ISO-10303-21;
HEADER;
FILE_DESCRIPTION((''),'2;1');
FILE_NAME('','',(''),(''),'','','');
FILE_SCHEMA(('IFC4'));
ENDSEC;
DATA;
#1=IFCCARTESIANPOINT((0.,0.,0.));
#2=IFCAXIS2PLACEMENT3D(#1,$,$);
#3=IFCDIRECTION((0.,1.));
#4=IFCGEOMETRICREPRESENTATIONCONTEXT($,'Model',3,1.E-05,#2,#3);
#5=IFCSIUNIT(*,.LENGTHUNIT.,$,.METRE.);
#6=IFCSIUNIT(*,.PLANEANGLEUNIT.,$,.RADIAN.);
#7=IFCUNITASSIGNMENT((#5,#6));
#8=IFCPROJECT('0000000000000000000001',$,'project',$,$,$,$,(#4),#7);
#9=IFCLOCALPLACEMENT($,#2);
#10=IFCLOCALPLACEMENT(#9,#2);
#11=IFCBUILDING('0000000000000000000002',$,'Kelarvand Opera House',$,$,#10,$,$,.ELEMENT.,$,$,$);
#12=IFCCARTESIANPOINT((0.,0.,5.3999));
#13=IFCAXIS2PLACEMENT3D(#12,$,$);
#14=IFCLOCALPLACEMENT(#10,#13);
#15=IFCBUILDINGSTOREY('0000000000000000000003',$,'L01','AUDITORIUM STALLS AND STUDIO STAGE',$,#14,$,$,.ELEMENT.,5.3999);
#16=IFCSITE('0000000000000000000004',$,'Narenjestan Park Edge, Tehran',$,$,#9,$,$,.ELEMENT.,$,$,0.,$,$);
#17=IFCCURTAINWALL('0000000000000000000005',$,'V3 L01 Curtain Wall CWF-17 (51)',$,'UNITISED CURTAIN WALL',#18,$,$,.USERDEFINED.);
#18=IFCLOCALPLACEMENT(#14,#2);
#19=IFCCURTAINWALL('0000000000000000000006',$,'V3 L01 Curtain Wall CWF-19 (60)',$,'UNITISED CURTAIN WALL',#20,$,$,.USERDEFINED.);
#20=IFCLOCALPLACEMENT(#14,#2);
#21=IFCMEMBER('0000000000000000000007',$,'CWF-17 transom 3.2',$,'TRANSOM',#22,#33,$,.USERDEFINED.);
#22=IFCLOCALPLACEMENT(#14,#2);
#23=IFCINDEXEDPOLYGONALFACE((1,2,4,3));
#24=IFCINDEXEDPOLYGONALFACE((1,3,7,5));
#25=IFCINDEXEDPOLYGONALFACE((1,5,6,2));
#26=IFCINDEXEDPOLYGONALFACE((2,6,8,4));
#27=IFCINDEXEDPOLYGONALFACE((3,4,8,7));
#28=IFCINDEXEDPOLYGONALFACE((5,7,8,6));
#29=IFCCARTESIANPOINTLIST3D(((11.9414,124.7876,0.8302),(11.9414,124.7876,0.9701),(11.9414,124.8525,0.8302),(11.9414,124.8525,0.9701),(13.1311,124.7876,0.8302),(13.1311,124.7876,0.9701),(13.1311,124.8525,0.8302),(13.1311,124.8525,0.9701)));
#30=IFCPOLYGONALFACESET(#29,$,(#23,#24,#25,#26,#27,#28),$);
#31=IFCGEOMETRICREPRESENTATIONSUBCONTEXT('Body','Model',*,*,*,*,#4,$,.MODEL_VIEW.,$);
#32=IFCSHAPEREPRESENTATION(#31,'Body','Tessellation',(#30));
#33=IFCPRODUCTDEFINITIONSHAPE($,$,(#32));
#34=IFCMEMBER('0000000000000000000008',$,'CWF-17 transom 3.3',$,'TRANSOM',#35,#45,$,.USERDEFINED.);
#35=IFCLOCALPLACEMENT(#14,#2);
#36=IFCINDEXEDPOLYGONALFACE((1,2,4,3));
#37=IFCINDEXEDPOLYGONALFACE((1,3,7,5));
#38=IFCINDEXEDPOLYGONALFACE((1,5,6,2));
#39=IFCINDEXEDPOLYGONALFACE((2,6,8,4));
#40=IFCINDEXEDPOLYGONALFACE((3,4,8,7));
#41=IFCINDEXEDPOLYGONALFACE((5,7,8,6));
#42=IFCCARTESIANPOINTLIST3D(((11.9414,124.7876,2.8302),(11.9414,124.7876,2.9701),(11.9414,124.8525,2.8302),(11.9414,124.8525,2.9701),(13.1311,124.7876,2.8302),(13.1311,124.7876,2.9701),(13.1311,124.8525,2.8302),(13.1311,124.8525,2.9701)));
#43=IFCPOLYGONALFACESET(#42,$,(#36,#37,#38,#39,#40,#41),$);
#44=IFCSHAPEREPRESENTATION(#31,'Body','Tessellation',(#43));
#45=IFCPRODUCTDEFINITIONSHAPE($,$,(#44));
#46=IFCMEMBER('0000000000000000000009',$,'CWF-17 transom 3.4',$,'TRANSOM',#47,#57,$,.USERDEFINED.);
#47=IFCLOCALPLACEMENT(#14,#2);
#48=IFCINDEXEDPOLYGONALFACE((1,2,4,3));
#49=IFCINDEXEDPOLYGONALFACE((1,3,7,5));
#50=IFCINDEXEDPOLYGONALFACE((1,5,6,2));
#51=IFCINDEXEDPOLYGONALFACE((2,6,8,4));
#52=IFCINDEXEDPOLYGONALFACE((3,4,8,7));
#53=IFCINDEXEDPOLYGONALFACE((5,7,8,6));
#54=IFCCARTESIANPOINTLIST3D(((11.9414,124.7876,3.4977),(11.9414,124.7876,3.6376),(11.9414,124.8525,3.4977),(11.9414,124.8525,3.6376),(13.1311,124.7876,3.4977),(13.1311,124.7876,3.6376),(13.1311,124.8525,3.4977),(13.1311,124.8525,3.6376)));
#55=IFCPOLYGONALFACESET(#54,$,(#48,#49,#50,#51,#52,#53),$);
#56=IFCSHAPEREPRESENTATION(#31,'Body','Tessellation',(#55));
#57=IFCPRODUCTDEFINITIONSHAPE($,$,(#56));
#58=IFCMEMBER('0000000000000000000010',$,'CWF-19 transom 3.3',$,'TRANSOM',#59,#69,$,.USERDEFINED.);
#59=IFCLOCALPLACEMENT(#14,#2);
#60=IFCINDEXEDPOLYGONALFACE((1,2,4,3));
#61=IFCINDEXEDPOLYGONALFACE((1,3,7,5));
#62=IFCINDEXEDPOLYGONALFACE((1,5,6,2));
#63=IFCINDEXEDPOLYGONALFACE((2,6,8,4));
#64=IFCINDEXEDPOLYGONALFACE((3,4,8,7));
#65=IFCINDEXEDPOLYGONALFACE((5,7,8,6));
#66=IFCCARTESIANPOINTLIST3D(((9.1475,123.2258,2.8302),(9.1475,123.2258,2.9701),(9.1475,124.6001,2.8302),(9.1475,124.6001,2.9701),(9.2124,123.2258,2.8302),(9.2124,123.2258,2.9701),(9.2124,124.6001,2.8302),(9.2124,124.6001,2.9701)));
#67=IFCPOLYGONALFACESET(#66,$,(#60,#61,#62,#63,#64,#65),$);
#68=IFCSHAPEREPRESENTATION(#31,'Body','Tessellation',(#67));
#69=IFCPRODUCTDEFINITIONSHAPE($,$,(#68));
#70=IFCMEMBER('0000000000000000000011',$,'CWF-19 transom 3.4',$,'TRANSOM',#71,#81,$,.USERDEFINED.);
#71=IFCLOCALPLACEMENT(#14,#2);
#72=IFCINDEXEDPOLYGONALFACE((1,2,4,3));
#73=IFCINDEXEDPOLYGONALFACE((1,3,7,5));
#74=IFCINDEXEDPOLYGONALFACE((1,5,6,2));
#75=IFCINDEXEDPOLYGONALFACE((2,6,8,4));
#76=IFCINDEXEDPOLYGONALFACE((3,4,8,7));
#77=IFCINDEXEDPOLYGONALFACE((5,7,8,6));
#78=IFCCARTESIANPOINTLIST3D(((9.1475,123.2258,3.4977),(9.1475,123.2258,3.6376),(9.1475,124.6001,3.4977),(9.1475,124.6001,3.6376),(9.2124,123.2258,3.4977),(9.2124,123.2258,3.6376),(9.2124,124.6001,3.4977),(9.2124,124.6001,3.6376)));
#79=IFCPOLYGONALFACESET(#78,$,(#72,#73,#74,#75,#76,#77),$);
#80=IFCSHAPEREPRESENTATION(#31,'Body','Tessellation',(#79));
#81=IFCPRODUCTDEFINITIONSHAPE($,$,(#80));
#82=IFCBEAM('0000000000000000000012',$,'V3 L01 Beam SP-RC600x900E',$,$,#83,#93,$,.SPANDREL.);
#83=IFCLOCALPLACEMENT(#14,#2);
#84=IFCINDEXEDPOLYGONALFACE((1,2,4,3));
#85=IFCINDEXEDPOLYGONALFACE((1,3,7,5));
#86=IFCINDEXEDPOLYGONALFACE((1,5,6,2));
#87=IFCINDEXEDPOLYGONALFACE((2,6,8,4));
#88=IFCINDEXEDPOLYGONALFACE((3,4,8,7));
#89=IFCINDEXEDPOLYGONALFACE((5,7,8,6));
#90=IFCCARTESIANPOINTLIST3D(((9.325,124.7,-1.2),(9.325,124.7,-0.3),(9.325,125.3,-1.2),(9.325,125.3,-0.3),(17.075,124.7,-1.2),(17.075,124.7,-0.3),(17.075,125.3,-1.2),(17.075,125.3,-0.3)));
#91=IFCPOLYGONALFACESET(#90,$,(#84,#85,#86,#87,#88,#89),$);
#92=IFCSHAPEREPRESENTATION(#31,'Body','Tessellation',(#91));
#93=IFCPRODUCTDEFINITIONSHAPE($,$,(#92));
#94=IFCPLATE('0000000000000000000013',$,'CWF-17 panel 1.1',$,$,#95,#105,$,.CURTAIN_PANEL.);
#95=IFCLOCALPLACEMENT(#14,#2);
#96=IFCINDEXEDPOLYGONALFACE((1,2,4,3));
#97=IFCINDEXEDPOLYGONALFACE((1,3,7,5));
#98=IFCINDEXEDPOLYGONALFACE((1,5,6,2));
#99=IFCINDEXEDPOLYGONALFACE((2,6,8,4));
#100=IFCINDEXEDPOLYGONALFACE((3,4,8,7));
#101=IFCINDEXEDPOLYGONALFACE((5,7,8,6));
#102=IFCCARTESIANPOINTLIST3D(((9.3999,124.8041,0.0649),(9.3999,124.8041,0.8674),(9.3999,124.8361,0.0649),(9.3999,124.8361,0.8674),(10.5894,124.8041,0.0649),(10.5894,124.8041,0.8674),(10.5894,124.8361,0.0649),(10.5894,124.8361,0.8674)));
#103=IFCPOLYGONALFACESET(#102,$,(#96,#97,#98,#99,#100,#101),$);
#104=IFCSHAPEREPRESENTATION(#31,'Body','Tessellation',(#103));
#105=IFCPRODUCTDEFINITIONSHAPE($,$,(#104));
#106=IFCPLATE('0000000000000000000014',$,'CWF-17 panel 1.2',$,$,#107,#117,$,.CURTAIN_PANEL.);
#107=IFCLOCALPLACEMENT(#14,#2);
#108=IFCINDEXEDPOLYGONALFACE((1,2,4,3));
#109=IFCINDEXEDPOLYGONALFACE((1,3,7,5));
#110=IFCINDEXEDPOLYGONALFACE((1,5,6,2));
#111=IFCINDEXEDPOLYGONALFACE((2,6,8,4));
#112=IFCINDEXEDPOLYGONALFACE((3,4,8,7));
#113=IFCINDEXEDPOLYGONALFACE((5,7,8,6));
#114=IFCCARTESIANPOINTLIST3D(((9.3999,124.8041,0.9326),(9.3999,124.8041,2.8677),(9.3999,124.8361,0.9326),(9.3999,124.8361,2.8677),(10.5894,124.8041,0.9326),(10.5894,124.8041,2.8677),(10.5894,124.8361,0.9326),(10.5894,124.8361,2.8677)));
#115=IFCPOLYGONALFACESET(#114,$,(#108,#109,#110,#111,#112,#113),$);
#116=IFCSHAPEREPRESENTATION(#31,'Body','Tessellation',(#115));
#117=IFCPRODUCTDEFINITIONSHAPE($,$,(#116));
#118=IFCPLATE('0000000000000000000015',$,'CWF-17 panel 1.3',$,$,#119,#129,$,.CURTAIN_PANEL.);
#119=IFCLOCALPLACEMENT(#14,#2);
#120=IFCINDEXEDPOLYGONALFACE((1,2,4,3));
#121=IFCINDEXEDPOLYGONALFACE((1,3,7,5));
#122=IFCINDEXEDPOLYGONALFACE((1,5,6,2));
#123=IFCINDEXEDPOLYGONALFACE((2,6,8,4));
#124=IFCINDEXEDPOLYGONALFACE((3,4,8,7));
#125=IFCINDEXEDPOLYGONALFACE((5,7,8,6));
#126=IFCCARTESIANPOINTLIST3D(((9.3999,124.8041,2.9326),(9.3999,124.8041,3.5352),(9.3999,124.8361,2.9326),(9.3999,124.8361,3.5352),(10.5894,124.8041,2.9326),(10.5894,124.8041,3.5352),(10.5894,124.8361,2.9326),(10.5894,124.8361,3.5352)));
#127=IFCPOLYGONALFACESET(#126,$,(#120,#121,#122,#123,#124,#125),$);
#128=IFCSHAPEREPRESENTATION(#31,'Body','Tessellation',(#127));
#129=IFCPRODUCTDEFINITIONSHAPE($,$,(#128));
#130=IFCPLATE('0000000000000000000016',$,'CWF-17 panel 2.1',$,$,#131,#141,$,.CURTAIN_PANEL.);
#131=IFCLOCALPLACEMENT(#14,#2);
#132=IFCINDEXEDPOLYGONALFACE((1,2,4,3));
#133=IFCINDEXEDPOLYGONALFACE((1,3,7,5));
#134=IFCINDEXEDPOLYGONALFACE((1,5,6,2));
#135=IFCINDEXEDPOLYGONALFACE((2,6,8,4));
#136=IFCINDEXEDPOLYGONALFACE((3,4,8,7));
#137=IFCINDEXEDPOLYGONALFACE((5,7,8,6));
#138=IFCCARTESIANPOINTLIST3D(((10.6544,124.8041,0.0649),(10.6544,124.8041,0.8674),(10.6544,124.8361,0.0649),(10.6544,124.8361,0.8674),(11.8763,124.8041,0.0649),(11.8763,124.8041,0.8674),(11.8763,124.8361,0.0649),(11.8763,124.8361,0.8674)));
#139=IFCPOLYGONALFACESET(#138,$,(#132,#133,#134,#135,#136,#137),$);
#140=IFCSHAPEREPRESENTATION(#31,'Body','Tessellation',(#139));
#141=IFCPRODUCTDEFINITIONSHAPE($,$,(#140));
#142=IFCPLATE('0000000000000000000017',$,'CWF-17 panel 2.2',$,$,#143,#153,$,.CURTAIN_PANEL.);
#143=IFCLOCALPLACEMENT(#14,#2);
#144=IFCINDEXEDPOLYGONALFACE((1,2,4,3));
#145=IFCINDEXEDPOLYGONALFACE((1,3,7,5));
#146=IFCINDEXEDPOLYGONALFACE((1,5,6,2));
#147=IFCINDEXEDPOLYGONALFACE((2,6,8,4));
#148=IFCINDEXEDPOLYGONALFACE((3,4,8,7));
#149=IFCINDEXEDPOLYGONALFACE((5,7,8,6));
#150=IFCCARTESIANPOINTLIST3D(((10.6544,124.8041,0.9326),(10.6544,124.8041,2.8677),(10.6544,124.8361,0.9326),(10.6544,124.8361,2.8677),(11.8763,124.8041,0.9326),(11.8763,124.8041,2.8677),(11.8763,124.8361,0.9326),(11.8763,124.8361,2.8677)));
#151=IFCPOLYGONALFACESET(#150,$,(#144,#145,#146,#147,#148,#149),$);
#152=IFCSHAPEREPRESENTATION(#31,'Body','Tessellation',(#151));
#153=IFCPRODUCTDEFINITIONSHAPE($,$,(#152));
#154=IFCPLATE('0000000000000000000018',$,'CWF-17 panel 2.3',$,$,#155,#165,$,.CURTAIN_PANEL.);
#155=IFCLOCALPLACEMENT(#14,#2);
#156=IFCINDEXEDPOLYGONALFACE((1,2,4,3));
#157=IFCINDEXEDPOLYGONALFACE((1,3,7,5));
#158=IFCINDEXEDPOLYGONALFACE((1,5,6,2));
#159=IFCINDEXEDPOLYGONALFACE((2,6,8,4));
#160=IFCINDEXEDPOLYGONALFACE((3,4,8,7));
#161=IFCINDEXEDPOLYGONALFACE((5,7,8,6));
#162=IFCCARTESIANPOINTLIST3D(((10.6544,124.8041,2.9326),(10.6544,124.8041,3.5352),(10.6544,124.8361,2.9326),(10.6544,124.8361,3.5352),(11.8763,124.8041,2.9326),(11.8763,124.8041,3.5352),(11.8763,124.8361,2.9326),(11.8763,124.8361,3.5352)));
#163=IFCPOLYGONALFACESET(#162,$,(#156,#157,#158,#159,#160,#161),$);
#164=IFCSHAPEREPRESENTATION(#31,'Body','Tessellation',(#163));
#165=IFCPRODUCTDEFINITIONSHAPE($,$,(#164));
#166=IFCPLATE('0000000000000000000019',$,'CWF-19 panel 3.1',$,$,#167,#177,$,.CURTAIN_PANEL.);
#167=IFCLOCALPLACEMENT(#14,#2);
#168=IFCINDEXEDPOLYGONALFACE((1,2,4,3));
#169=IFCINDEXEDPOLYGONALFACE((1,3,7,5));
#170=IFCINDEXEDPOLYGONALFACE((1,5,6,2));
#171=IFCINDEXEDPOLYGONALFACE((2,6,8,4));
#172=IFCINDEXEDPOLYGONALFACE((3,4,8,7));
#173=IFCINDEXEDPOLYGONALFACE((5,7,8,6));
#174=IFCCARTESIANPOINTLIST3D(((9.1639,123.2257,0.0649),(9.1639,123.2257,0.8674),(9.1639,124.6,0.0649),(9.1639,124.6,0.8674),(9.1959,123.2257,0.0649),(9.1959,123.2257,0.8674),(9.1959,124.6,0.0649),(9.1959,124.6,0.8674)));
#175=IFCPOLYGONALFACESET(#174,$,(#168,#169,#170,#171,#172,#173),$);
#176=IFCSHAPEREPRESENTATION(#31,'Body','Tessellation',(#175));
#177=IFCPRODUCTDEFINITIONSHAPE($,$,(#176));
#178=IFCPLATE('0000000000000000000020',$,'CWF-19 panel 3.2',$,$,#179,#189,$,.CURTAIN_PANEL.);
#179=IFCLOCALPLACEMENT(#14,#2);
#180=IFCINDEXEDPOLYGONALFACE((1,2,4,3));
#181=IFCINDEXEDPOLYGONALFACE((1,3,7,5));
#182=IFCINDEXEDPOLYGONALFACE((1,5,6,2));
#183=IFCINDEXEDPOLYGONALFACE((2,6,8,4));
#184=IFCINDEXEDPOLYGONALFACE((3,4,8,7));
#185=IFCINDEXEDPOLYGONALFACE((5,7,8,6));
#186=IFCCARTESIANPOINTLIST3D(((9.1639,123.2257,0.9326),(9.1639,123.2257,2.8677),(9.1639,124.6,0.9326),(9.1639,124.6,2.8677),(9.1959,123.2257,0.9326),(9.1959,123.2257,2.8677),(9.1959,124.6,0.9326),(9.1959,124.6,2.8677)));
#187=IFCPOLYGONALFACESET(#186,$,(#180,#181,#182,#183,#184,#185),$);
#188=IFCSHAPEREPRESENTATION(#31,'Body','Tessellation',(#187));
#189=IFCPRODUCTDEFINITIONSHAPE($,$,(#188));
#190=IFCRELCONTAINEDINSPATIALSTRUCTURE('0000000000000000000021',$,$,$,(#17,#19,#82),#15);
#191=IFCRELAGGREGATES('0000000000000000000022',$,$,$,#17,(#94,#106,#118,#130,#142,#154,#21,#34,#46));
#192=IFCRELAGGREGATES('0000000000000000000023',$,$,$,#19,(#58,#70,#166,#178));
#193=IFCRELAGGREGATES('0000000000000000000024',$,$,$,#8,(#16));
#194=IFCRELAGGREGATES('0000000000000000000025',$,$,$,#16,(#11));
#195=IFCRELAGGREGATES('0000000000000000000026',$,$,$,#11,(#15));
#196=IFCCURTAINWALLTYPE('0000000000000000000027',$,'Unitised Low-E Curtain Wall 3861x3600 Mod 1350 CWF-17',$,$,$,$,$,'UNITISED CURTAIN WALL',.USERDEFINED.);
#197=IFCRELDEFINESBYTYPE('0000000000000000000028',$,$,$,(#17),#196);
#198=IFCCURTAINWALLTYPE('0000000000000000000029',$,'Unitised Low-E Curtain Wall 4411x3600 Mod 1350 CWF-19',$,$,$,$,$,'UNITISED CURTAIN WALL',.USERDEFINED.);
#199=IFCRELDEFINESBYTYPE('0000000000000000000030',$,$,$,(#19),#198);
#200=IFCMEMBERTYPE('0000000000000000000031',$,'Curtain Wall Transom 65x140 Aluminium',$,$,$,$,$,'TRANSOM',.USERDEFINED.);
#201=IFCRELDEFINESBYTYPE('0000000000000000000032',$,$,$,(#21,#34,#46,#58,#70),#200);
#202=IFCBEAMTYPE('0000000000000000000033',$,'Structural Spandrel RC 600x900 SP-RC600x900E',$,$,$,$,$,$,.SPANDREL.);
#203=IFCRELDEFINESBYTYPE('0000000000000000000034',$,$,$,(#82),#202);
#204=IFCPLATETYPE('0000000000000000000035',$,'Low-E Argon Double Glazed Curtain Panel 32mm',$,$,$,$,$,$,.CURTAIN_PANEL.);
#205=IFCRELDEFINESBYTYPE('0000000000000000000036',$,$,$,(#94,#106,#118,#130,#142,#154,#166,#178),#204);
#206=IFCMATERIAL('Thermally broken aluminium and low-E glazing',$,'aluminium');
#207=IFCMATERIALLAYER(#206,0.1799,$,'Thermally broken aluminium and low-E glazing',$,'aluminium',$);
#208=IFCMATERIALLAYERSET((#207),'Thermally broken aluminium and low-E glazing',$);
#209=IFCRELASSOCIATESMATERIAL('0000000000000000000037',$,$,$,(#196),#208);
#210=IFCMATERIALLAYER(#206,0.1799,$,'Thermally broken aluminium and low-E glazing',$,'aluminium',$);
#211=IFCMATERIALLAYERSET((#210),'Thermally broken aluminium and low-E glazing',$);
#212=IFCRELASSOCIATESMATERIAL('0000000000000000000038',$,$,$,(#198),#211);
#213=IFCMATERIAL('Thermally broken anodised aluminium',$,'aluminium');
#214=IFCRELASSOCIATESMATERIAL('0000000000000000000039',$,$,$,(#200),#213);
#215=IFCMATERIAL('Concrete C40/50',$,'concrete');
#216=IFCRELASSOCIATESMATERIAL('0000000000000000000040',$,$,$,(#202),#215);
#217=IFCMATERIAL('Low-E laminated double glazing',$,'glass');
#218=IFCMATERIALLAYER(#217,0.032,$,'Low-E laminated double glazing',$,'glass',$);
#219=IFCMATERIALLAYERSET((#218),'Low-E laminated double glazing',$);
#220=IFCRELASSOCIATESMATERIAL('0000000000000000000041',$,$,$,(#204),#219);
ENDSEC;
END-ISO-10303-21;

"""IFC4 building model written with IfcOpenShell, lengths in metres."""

from ifc_helpers import new_model, si_unit, direction, frame, origin, origin_2d, place, context, subcontext, project, spatial, rectangle, extrude, material, layer, layer_set, material_profile, profile_set, type_object, element, aggregate, save


model = new_model("IFC4")

# Units and contexts
model_context = context("Model", 3, precision=1e-05, world=origin(), true_north=direction((0.0, 1.0)))
body_context = subcontext(model_context, "Body", "Model", "MODEL_VIEW")
ifc_project = project(units=[si_unit("LENGTHUNIT", "METRE"), si_unit("PLANEANGLEUNIT", "RADIAN")], contexts=[model_context])

# Site, building, storey
site_placement = place(None, origin())
site = spatial("IfcSite", under=ifc_project, at=site_placement, Name="Narenjestan Park Edge, Tehran", CompositionType="ELEMENT", RefElevation=0.0)
building_placement = place(site_placement, origin())
building = spatial("IfcBuilding", under=site, at=building_placement, Name="Kelarvand Opera House", CompositionType="ELEMENT")
storey_placement = place(building_placement, frame((0.0, 0.0, 5.3999)))
storey = spatial("IfcBuildingStorey", under=building, at=storey_placement, Name="L01", Description="AUDITORIUM STALLS AND STUDIO STAGE", CompositionType="ELEMENT", Elevation=5.3999)

# Shared definitions
ifc_material_1 = material(Name="Concrete C40/50", Category="concrete")

# Curtain wall
ifc_material_2 = material(Name="Thermally broken aluminium and low-E glazing", Category="aluminium")
ifc_layer_1 = layer(ifc_material_2, 0.1799, Name="Thermally broken aluminium and low-E glazing", Category="aluminium")
ifc_layer_set_1 = layer_set([ifc_layer_1], Name="Thermally broken aluminium and low-E glazing")
curtain_wall_type_1 = type_object("IfcCurtainWallType", Name="Unitised Low-E Curtain Wall 3861x3600 Mod 1350 CWF-17", ElementType="UNITISED CURTAIN WALL", PredefinedType="USERDEFINED", material=ifc_layer_set_1)
curtain_wall_1_placement = place(storey_placement, origin())
curtain_wall_1 = element("IfcCurtainWall", 1, at=curtain_wall_1_placement, inside=storey, type_object=curtain_wall_type_1, Name="V3 L01 Curtain Wall CWF-17 (51)", ObjectType="UNITISED CURTAIN WALL", PredefinedType="USERDEFINED")
ifc_material_3 = material(Name="Thermally broken anodised aluminium", Category="aluminium")

# Curtain wall
ifc_layer_2 = layer(ifc_material_2, 0.1799, Name="Thermally broken aluminium and low-E glazing", Category="aluminium")
ifc_layer_set_2 = layer_set([ifc_layer_2], Name="Thermally broken aluminium and low-E glazing")
curtain_wall_type_2 = type_object("IfcCurtainWallType", Name="Unitised Low-E Curtain Wall 4411x3600 Mod 1350 CWF-19", ElementType="UNITISED CURTAIN WALL", PredefinedType="USERDEFINED", material=ifc_layer_set_2)
curtain_wall_2_placement = place(storey_placement, origin())
curtain_wall_2 = element("IfcCurtainWall", 2, at=curtain_wall_2_placement, inside=storey, type_object=curtain_wall_type_2, Name="V3 L01 Curtain Wall CWF-19 (60)", ObjectType="UNITISED CURTAIN WALL", PredefinedType="USERDEFINED")

# Members
ifc_material_profile_1 = material_profile(ifc_material_3, rectangle(XDim=0.0649, YDim=0.1399, at=origin_2d()), Name="ALU TRANSOM 65x140", Category="aluminium")
ifc_profile_set_1 = profile_set([ifc_material_profile_1], Name="Thermally broken anodised aluminium")
member_type_1 = type_object("IfcMemberType", Name="Curtain Wall Transom 65x140 Aluminium", ElementType="TRANSOM", PredefinedType="USERDEFINED", material=ifc_profile_set_1)
member_1_placement = place(storey_placement, frame((11.9414, 124.8201, 0.9001), z_axis=(1.0, 0.0, 0.0), x_axis=(0.0, 1.0, 0.0)))
member_1 = element("IfcMember", 3, at=member_1_placement, type_object=member_type_1, Name="CWF-17 transom 3.2", ObjectType="TRANSOM", PredefinedType="USERDEFINED", context=body_context, shape_type="SweptSolid", body=[
    extrude(rectangle(XDim=0.0649, YDim=0.1399, at=origin_2d()), origin(), (0.0, 0.0, 1.0), 1.1897),
])
member_2_placement = place(storey_placement, frame((11.9414, 124.8201, 2.9001), z_axis=(1.0, 0.0, 0.0), x_axis=(0.0, 1.0, 0.0)))
member_2 = element("IfcMember", 4, at=member_2_placement, type_object=member_type_1, Name="CWF-17 transom 3.3", ObjectType="TRANSOM", PredefinedType="USERDEFINED", context=body_context, shape_type="SweptSolid", body=[
    extrude(rectangle(XDim=0.0649, YDim=0.1399, at=origin_2d()), origin(), (0.0, 0.0, 1.0), 1.1897),
])
member_3_placement = place(storey_placement, frame((11.9414, 124.8201, 3.5676), z_axis=(1.0, 0.0, 0.0), x_axis=(0.0, 1.0, 0.0)))
member_3 = element("IfcMember", 5, at=member_3_placement, type_object=member_type_1, Name="CWF-17 transom 3.4", ObjectType="TRANSOM", PredefinedType="USERDEFINED", context=body_context, shape_type="SweptSolid", body=[
    extrude(rectangle(XDim=0.0649, YDim=0.1399, at=origin_2d()), origin(), (0.0, 0.0, 1.0), 1.1897),
])
member_4_placement = place(storey_placement, frame((9.1799, 123.2258, 2.9001), z_axis=(0.0, 1.0, 0.0), x_axis=(-1.0, 0.0, 0.0)))
member_4 = element("IfcMember", 6, at=member_4_placement, type_object=member_type_1, Name="CWF-19 transom 3.3", ObjectType="TRANSOM", PredefinedType="USERDEFINED", context=body_context, shape_type="SweptSolid", body=[
    extrude(rectangle(XDim=0.0649, YDim=0.1399, at=origin_2d()), origin(), (0.0, 0.0, 1.0), 1.3743),
])
member_5_placement = place(storey_placement, frame((9.1799, 123.2258, 3.5676), z_axis=(0.0, 1.0, 0.0), x_axis=(-1.0, 0.0, 0.0)))
member_5 = element("IfcMember", 7, at=member_5_placement, type_object=member_type_1, Name="CWF-19 transom 3.4", ObjectType="TRANSOM", PredefinedType="USERDEFINED", context=body_context, shape_type="SweptSolid", body=[
    extrude(rectangle(XDim=0.0649, YDim=0.1399, at=origin_2d()), origin(), (0.0, 0.0, 1.0), 1.3743),
])

# Beam
ifc_material_profile_2 = material_profile(ifc_material_1, rectangle(XDim=0.6001, YDim=0.8999, at=origin_2d()), Name="RC 600x900", Category="concrete")
ifc_profile_set_2 = profile_set([ifc_material_profile_2], Name="Concrete C40/50")
beam_type = type_object("IfcBeamType", Name="Structural Spandrel RC 600x900 SP-RC600x900E", PredefinedType="SPANDREL", material=ifc_profile_set_2)
beam_placement = place(storey_placement, frame((9.325, 125.0, -0.75), z_axis=(1.0, 0.0, 0.0), x_axis=(0.0, 1.0, 0.0)))
element("IfcBeam", 8, at=beam_placement, inside=storey, type_object=beam_type, Name="V3 L01 Beam SP-RC600x900E", PredefinedType="SPANDREL", context=body_context, shape_type="SweptSolid", body=[
    extrude(rectangle(XDim=0.6001, YDim=0.8999, at=origin_2d()), origin(), (0.0, 0.0, 1.0), 7.75),
])

# Plates
ifc_material_4 = material(Name="Low-E laminated double glazing", Category="glass")
ifc_layer_3 = layer(ifc_material_4, 0.032, Name="Low-E laminated double glazing", Category="glass")
ifc_layer_set_3 = layer_set([ifc_layer_3], Name="Low-E laminated double glazing")
plate_type = type_object("IfcPlateType", Name="Low-E Argon Double Glazed Curtain Panel 32mm", PredefinedType="CURTAIN_PANEL", material=ifc_layer_set_3)
plate_1_placement = place(storey_placement, frame((9.9946, 124.8201, 0.0649), z_axis=(0.0, 0.0, 1.0), x_axis=(1.0, 0.0, 0.0)))
plate_1 = element("IfcPlate", 9, at=plate_1_placement, type_object=plate_type, Name="CWF-17 panel 1.1", PredefinedType="CURTAIN_PANEL", context=body_context, shape_type="SweptSolid", body=[
    extrude(rectangle(XDim=1.1895, YDim=0.032, at=origin_2d()), origin(), (0.0, 0.0, 1.0), 0.8025),
])
plate_2_placement = place(storey_placement, frame((9.9946, 124.8201, 0.9326), z_axis=(0.0, 0.0, 1.0), x_axis=(1.0, 0.0, 0.0)))
plate_2 = element("IfcPlate", 10, at=plate_2_placement, type_object=plate_type, Name="CWF-17 panel 1.2", PredefinedType="CURTAIN_PANEL", context=body_context, shape_type="SweptSolid", body=[
    extrude(rectangle(XDim=1.1895, YDim=0.032, at=origin_2d()), origin(), (0.0, 0.0, 1.0), 1.9351),
])
plate_3_placement = place(storey_placement, frame((9.9946, 124.8201, 2.9326), z_axis=(0.0, 0.0, 1.0), x_axis=(1.0, 0.0, 0.0)))
plate_3 = element("IfcPlate", 11, at=plate_3_placement, type_object=plate_type, Name="CWF-17 panel 1.3", PredefinedType="CURTAIN_PANEL", context=body_context, shape_type="SweptSolid", body=[
    extrude(rectangle(XDim=1.1895, YDim=0.032, at=origin_2d()), origin(), (0.0, 0.0, 1.0), 0.6025),
])
plate_4_placement = place(storey_placement, frame((11.2654, 124.8201, 0.0649), z_axis=(0.0, 0.0, 1.0), x_axis=(1.0, 0.0, 0.0)))
plate_4 = element("IfcPlate", 12, at=plate_4_placement, type_object=plate_type, Name="CWF-17 panel 2.1", PredefinedType="CURTAIN_PANEL", context=body_context, shape_type="SweptSolid", body=[
    extrude(rectangle(XDim=1.2219, YDim=0.032, at=origin_2d()), origin(), (0.0, 0.0, 1.0), 0.8025),
])
plate_5_placement = place(storey_placement, frame((11.2654, 124.8201, 0.9326), z_axis=(0.0, 0.0, 1.0), x_axis=(1.0, 0.0, 0.0)))
plate_5 = element("IfcPlate", 13, at=plate_5_placement, type_object=plate_type, Name="CWF-17 panel 2.2", PredefinedType="CURTAIN_PANEL", context=body_context, shape_type="SweptSolid", body=[
    extrude(rectangle(XDim=1.2219, YDim=0.032, at=origin_2d()), origin(), (0.0, 0.0, 1.0), 1.9351),
])
plate_6_placement = place(storey_placement, frame((11.2654, 124.8201, 2.9326), z_axis=(0.0, 0.0, 1.0), x_axis=(1.0, 0.0, 0.0)))
plate_6 = element("IfcPlate", 14, at=plate_6_placement, type_object=plate_type, Name="CWF-17 panel 2.3", PredefinedType="CURTAIN_PANEL", context=body_context, shape_type="SweptSolid", body=[
    extrude(rectangle(XDim=1.2219, YDim=0.032, at=origin_2d()), origin(), (0.0, 0.0, 1.0), 0.6025),
])
aggregate(curtain_wall_1, [plate_1, plate_2, plate_3, plate_4, plate_5, plate_6, member_1, member_2, member_3])
plate_7_placement = place(storey_placement, frame((9.1799, 123.9128, 0.0649), z_axis=(0.0, 0.0, 1.0), x_axis=(0.0, 1.0, 0.0)))
plate_7 = element("IfcPlate", 15, at=plate_7_placement, type_object=plate_type, Name="CWF-19 panel 3.1", PredefinedType="CURTAIN_PANEL", context=body_context, shape_type="SweptSolid", body=[
    extrude(rectangle(XDim=1.3743, YDim=0.032, at=origin_2d()), origin(), (0.0, 0.0, 1.0), 0.8025),
])
plate_8_placement = place(storey_placement, frame((9.1799, 123.9128, 0.9326), z_axis=(0.0, 0.0, 1.0), x_axis=(0.0, 1.0, 0.0)))
plate_8 = element("IfcPlate", 16, at=plate_8_placement, type_object=plate_type, Name="CWF-19 panel 3.2", PredefinedType="CURTAIN_PANEL", context=body_context, shape_type="SweptSolid", body=[
    extrude(rectangle(XDim=1.3743, YDim=0.032, at=origin_2d()), origin(), (0.0, 0.0, 1.0), 1.9351),
])
aggregate(curtain_wall_2, [member_4, member_5, plate_7, plate_8])

save(model, "model.ifc")
